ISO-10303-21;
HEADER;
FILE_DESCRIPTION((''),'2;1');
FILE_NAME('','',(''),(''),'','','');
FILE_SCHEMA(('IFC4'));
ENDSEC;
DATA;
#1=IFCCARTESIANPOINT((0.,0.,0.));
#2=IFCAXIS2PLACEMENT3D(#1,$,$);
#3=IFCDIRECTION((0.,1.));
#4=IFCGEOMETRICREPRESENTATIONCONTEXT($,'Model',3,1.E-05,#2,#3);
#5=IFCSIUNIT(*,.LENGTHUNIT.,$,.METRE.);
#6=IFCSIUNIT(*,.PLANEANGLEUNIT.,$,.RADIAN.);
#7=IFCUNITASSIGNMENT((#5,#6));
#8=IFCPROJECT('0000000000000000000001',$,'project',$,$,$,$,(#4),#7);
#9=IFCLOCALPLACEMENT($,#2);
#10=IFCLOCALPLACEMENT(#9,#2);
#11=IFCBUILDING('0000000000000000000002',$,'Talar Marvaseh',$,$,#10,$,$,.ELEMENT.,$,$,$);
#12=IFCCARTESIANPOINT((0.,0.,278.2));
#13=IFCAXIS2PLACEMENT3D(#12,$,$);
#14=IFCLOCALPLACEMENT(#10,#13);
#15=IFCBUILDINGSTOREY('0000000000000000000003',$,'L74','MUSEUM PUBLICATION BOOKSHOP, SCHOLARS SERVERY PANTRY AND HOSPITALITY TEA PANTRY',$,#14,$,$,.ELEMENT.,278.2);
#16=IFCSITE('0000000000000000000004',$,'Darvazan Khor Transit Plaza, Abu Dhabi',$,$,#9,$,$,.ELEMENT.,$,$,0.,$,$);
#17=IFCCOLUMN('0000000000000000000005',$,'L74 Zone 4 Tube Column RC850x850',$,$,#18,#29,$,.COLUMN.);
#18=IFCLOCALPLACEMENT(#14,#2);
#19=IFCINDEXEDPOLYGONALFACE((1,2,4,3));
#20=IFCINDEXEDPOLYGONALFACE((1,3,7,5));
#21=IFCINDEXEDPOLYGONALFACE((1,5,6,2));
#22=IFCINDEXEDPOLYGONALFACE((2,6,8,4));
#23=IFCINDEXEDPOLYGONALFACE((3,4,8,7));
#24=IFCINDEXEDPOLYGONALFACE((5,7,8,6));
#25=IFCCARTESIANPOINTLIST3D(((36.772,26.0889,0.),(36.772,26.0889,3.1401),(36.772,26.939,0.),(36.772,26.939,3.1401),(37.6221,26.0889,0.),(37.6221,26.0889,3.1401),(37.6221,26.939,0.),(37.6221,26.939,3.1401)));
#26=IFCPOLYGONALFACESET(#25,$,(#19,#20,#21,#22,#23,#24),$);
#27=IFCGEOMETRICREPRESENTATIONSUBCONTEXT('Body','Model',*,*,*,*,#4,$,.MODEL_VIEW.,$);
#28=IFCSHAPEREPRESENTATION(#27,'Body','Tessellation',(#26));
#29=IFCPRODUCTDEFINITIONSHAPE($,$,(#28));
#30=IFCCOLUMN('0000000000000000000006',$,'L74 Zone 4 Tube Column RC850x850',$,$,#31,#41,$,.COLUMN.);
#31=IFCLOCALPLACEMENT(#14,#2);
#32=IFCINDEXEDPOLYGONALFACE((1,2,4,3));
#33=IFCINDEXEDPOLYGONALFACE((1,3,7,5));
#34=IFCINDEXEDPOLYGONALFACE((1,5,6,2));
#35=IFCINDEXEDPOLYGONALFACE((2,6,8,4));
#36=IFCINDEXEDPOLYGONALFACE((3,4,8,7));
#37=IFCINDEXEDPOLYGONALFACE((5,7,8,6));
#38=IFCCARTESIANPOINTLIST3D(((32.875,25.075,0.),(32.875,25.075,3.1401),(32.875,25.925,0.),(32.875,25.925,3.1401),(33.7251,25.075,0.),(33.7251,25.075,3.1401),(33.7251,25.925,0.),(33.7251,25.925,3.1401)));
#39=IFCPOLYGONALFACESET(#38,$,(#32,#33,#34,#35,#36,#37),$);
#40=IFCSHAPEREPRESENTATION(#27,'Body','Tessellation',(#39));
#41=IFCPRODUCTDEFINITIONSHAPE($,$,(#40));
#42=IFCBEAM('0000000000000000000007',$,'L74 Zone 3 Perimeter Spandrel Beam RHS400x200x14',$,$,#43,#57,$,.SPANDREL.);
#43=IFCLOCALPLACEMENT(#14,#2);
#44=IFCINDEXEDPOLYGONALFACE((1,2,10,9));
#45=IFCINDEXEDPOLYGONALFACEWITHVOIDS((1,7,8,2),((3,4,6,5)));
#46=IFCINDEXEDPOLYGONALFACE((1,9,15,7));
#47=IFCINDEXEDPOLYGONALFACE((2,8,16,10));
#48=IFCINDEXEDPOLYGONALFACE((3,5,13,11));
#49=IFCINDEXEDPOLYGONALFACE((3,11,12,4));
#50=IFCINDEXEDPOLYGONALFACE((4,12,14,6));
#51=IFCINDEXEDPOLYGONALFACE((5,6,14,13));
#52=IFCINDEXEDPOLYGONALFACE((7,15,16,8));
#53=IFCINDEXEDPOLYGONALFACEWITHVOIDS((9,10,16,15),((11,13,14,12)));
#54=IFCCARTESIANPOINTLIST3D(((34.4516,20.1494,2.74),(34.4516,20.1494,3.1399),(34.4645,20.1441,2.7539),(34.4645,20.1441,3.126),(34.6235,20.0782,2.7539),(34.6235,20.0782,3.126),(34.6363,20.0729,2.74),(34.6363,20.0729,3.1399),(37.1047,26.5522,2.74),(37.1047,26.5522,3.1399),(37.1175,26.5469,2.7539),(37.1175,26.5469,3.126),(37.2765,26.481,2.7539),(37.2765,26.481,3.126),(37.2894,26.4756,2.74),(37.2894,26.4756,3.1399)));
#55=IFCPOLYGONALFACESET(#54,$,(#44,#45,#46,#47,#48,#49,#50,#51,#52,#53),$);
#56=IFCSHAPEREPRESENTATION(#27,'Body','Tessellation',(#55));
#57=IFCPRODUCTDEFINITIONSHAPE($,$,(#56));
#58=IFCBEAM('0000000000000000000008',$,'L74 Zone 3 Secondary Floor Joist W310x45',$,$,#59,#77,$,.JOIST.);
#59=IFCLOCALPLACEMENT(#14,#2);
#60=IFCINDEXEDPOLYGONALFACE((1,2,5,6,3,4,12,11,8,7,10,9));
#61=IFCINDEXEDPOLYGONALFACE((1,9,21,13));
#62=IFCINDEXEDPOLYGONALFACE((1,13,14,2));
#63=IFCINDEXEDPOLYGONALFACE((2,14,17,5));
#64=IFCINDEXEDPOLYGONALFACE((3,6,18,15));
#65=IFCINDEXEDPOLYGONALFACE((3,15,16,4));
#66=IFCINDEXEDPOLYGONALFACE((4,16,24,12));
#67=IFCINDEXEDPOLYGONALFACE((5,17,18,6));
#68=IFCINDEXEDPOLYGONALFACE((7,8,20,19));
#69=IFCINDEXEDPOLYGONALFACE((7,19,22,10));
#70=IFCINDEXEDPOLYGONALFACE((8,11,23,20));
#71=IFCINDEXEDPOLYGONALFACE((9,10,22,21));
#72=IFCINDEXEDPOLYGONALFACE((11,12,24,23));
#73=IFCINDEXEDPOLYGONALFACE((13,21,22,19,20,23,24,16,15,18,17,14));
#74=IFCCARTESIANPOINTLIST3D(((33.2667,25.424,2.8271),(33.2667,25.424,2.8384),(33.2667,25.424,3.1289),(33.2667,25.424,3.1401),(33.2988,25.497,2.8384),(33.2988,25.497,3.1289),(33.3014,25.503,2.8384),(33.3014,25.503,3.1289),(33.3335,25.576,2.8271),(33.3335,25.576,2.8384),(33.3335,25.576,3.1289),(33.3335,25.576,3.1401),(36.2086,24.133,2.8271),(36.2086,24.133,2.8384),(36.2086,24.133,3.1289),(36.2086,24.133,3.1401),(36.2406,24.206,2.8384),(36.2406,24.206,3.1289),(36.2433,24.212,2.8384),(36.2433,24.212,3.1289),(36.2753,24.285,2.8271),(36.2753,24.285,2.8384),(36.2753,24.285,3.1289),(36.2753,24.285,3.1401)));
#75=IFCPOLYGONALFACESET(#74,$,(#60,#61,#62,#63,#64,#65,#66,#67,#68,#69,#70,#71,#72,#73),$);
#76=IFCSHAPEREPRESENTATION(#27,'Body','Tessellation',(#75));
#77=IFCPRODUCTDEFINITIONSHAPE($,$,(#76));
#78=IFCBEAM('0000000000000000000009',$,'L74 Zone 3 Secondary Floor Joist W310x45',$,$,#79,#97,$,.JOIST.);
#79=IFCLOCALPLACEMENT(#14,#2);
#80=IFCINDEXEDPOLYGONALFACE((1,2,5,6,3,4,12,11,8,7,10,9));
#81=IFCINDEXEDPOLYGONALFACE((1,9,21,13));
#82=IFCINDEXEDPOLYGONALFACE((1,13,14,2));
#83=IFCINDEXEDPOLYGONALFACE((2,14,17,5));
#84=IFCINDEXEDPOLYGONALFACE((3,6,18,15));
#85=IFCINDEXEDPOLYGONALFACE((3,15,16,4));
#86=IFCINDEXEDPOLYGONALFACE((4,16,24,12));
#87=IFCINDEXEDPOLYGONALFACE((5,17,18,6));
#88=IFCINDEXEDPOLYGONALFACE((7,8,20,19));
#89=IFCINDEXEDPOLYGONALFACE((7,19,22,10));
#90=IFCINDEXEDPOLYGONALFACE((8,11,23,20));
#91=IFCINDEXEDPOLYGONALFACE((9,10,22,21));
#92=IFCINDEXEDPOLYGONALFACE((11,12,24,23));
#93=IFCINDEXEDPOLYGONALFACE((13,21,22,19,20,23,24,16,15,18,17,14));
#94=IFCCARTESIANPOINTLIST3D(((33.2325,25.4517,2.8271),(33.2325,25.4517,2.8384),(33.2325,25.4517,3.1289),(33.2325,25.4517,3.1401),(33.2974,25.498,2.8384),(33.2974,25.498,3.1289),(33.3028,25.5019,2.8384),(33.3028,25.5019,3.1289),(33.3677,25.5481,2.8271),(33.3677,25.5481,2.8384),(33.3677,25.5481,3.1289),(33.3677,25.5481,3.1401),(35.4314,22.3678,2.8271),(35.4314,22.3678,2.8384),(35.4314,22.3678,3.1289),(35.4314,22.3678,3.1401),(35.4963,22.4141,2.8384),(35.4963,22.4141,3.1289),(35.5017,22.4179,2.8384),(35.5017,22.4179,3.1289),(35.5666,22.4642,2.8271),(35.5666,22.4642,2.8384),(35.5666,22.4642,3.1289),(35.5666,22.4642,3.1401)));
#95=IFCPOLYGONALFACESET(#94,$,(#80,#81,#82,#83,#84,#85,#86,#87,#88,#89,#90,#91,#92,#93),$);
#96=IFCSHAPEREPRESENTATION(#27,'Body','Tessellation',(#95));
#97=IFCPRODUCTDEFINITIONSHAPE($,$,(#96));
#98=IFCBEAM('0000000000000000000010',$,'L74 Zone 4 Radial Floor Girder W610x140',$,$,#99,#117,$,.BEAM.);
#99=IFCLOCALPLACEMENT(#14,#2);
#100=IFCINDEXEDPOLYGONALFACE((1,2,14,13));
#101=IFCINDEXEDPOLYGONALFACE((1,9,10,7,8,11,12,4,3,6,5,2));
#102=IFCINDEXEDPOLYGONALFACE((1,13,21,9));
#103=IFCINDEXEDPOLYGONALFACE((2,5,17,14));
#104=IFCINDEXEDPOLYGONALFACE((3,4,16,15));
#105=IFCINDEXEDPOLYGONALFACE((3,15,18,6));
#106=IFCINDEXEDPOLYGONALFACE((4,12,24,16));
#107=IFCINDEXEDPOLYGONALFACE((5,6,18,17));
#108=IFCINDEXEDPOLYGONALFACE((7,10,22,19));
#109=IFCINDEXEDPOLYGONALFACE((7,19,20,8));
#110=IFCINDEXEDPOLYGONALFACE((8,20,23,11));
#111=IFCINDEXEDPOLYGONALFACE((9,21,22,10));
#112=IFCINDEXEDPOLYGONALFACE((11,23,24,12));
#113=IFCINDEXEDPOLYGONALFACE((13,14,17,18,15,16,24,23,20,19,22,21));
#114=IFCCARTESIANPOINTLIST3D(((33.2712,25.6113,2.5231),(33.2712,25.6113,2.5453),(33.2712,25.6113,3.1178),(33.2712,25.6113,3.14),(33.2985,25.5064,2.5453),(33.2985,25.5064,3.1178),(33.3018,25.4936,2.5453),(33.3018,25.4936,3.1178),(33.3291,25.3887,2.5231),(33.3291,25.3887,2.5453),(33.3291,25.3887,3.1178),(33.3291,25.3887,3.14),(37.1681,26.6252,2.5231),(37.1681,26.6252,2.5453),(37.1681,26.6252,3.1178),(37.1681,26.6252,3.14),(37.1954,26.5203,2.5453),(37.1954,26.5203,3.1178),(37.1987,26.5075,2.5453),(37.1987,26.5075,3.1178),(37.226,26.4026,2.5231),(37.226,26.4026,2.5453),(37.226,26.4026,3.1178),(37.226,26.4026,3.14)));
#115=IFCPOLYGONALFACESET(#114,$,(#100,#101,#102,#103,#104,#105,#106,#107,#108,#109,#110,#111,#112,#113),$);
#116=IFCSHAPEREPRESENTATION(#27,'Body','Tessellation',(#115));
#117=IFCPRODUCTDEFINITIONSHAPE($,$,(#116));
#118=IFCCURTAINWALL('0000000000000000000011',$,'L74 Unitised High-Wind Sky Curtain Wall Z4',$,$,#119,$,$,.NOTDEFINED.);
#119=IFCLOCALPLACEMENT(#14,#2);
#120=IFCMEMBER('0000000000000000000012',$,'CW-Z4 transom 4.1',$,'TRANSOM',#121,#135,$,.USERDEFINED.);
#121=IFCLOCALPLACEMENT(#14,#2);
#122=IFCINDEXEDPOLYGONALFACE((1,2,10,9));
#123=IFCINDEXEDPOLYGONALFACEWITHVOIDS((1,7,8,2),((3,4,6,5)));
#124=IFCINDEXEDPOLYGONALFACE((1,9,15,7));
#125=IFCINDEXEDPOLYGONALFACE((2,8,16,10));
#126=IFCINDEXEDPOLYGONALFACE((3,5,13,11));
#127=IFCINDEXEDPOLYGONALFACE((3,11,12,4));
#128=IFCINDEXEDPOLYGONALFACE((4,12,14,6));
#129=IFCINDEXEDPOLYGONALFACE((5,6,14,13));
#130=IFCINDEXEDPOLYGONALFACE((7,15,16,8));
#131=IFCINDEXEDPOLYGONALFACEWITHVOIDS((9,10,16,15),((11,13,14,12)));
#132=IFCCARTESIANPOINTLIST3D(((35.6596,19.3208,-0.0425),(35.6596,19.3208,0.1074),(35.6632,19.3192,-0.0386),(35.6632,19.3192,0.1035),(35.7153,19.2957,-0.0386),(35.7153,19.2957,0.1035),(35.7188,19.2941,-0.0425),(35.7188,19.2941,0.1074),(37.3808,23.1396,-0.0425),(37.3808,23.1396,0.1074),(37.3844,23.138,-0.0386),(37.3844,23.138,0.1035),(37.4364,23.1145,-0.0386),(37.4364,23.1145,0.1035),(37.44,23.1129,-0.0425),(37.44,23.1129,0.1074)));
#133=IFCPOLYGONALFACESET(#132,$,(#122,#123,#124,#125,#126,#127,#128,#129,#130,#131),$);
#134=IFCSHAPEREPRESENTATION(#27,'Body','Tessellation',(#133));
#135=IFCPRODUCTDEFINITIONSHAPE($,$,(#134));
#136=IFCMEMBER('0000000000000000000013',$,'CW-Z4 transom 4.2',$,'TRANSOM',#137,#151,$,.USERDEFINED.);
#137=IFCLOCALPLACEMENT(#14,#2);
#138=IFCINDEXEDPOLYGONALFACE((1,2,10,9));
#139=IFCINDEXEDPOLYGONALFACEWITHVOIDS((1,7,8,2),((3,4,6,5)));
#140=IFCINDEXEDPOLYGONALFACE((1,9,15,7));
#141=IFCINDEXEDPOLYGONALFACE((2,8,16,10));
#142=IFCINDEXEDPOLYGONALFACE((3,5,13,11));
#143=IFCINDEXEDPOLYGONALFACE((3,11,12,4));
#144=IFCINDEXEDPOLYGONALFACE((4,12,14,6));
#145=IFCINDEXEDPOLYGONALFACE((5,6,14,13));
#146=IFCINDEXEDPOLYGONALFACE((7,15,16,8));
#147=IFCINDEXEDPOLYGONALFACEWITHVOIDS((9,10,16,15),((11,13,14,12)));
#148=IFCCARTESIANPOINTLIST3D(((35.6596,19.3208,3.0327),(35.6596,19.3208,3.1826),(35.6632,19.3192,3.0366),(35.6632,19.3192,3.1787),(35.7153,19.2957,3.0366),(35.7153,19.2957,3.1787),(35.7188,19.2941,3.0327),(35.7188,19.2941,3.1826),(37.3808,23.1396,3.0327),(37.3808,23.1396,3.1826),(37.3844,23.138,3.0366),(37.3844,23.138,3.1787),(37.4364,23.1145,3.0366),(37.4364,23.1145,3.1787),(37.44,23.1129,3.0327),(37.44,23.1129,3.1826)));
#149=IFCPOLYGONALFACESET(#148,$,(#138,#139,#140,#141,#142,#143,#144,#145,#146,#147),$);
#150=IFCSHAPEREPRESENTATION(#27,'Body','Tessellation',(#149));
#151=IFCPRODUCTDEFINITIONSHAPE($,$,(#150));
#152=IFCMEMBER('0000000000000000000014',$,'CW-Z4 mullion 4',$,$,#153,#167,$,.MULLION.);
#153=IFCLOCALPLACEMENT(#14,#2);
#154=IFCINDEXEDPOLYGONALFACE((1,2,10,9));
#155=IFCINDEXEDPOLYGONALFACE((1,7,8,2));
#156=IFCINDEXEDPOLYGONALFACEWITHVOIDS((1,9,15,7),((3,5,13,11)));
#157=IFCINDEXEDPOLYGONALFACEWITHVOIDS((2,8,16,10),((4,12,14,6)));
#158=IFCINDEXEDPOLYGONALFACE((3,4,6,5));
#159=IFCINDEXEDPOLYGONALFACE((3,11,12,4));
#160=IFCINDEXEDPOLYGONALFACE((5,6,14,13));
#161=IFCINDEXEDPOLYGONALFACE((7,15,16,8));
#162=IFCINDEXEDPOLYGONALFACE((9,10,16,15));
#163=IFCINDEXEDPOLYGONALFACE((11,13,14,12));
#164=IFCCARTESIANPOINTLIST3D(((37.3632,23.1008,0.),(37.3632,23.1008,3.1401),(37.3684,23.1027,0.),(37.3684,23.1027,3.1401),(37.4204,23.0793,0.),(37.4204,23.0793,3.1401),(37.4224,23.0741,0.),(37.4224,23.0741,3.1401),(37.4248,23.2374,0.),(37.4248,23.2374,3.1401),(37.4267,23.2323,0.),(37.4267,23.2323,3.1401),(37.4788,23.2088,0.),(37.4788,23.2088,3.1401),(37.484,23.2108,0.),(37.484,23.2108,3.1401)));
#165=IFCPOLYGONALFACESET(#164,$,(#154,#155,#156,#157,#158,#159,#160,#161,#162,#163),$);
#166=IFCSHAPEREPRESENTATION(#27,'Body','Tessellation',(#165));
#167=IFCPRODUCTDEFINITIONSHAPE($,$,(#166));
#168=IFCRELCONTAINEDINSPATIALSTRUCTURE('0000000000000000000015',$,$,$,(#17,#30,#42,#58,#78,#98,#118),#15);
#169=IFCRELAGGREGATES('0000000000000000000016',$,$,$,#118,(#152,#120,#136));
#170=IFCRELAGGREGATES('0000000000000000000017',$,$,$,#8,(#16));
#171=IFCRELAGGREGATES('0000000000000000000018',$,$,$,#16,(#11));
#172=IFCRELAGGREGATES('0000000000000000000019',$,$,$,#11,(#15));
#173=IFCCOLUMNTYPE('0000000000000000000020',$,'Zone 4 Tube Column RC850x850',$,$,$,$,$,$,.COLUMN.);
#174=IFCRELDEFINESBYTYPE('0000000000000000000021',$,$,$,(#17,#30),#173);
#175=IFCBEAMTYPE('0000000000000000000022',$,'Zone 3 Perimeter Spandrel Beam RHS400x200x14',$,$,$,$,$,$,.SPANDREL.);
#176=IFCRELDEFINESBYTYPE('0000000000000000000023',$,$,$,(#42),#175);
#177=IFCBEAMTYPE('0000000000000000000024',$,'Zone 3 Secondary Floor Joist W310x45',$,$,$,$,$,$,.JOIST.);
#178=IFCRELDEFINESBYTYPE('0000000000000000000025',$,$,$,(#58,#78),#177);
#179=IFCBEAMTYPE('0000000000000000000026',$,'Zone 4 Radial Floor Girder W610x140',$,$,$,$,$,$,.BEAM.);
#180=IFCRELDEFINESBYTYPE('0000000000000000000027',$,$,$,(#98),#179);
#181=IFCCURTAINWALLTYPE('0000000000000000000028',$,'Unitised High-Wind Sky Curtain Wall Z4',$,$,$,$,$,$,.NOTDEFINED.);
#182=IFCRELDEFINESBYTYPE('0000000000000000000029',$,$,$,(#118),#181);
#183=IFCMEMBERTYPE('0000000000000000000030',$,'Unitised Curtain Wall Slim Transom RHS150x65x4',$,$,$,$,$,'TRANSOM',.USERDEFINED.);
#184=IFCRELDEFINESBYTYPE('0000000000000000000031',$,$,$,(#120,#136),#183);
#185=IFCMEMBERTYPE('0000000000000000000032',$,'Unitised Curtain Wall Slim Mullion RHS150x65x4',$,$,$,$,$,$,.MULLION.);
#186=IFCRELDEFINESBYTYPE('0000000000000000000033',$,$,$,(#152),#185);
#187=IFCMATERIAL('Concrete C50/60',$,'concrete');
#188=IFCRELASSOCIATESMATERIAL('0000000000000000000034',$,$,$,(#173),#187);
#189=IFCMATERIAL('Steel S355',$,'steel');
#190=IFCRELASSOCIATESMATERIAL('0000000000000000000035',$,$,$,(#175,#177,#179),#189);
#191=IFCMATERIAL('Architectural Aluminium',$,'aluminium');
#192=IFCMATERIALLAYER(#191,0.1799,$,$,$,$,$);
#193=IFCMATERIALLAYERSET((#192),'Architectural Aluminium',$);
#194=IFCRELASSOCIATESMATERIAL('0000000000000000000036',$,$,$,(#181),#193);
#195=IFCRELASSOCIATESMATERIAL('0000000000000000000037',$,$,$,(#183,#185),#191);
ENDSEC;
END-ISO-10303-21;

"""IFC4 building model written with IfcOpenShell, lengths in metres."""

from ifc_helpers import new_model, si_unit, direction, frame, origin, origin_2d, place, context, subcontext, project, spatial, rectangle, hollow_rectangle, i_section, extrude, source, transform, mapped, material, layer, layer_set, material_profile, profile_set, type_object, type_shapes, element, aggregate, save


model = new_model("IFC4")

# Units and contexts
model_context = context("Model", 3, precision=1e-05, world=origin(), true_north=direction((0.0, 1.0)))
body_context = subcontext(model_context, "Body", "Model", "MODEL_VIEW")
ifc_project = project(units=[si_unit("LENGTHUNIT", "METRE"), si_unit("PLANEANGLEUNIT", "RADIAN")], contexts=[model_context])

# Site, building, storey
site_placement = place(None, origin())
site = spatial("IfcSite", under=ifc_project, at=site_placement, Name="Darvazan Khor Transit Plaza, Abu Dhabi", CompositionType="ELEMENT", RefElevation=0.0)
building_placement = place(site_placement, origin())
building = spatial("IfcBuilding", under=site, at=building_placement, Name="Talar Marvaseh", CompositionType="ELEMENT")
storey_placement = place(building_placement, frame((0.0, 0.0, 278.2)))
storey = spatial("IfcBuildingStorey", under=building, at=storey_placement, Name="L74", Description="MUSEUM PUBLICATION BOOKSHOP, SCHOLARS SERVERY PANTRY AND HOSPITALITY TEA PANTRY", CompositionType="ELEMENT", Elevation=278.2)

# Columns
ifc_material_1 = material(Name="Concrete C50/60", Category="concrete")
ifc_material_profile_1 = material_profile(ifc_material_1, rectangle(XDim=0.8501, YDim=0.8501, at=origin_2d()), Name="RC850x850")
ifc_profile_set_1 = profile_set([ifc_material_profile_1], Name="Concrete C50/60")
column_type = type_object("IfcColumnType", Name="Zone 4 Tube Column RC850x850", PredefinedType="COLUMN", material=ifc_profile_set_1)
for number, where, z_axis, x_axis, name in (
    (1, (37.197, 26.5139, 0.0), (0.0, 0.0, 1.0), (1.0, 0.0, 0.0), "L74 Zone 4 Tube Column RC850x850"),
    (2, (33.3, 25.5, 0.0), (0.0, 0.0, 1.0), (1.0, 0.0, 0.0), "L74 Zone 4 Tube Column RC850x850"),
):
    element("IfcColumn", number, at=place(storey_placement, frame(where, z_axis=z_axis, x_axis=x_axis)), inside=storey, type_object=column_type, Name=name, PredefinedType="COLUMN", context=body_context, shape_type="SweptSolid", body=[
        extrude(rectangle(XDim=0.8501, YDim=0.8501, at=origin_2d()), origin(), (0.0, 0.0, 1.0), 3.1401),
    ])

# Beams
ifc_material_2 = material(Name="Steel S355", Category="steel")
ifc_material_profile_2 = material_profile(ifc_material_2, hollow_rectangle(XDim=0.2, YDim=0.3999, WallThickness=0.0139, at=origin_2d()), Name="RHS400x200x14")
ifc_profile_set_2 = profile_set([ifc_material_profile_2], Name="Steel S355")
beam_type_1 = type_object("IfcBeamType", Name="Zone 3 Perimeter Spandrel Beam RHS400x200x14", PredefinedType="SPANDREL", material=ifc_profile_set_2)
beam_1_placement = place(storey_placement, frame((37.197, 26.5139, 2.9399), z_axis=(-0.382799, -0.923832, 0.0), x_axis=(0.923832, -0.382799, 0.0)))
element("IfcBeam", 3, at=beam_1_placement, inside=storey, type_object=beam_type_1, Name="L74 Zone 3 Perimeter Spandrel Beam RHS400x200x14", PredefinedType="SPANDREL", context=body_context, shape_type="SweptSolid", body=[
    extrude(hollow_rectangle(XDim=0.2, YDim=0.3999, WallThickness=0.0139, at=origin_2d()), origin(), (0.0, 0.0, 1.0), 6.9307),
])
ifc_material_profile_3 = material_profile(ifc_material_2, i_section(OverallWidth=0.166, OverallDepth=0.313, WebThickness=0.0066, FlangeThickness=0.0112, at=origin_2d()), Name="W310x45")
ifc_profile_set_3 = profile_set([ifc_material_profile_3], Name="Steel S355")
beam_type_2 = type_object("IfcBeamType", Name="Zone 3 Secondary Floor Joist W310x45", PredefinedType="JOIST", material=ifc_profile_set_3)
beam_2_placement = place(storey_placement, frame((36.2419, 24.209, 2.9836), z_axis=(-0.915707, 0.401847, 0.0), x_axis=(-0.401847, -0.915707, 0.0)))
element("IfcBeam", 4, at=beam_2_placement, inside=storey, type_object=beam_type_2, Name="L74 Zone 3 Secondary Floor Joist W310x45", PredefinedType="JOIST", context=body_context, shape_type="SweptSolid", body=[
    extrude(i_section(OverallWidth=0.166, OverallDepth=0.313, WebThickness=0.0066, FlangeThickness=0.0112, at=origin_2d()), origin(), (0.0, 0.0, 1.0), 3.2126),
])
beam_3_placement = place(storey_placement, frame((35.499, 22.416, 2.9836), z_axis=(-0.580561, 0.814217, 0.0), x_axis=(-0.814217, -0.580561, 0.0)))
element("IfcBeam", 5, at=beam_3_placement, inside=storey, type_object=beam_type_2, Name="L74 Zone 3 Secondary Floor Joist W310x45", PredefinedType="JOIST", context=body_context, shape_type="SweptSolid", body=[
    extrude(i_section(OverallWidth=0.166, OverallDepth=0.313, WebThickness=0.0066, FlangeThickness=0.0112, at=origin_2d()), origin(), (0.0, 0.0, 1.0), 3.7876),
])
ifc_material_profile_4 = material_profile(ifc_material_2, i_section(OverallWidth=0.23, OverallDepth=0.6169, WebThickness=0.0132, FlangeThickness=0.0222, at=origin_2d()), Name="W610x140")
ifc_profile_set_4 = profile_set([ifc_material_profile_4], Name="Steel S355")
beam_type_3 = type_object("IfcBeamType", Name="Zone 4 Radial Floor Girder W610x140", PredefinedType="BEAM", material=ifc_profile_set_4)
beam_4_placement = place(storey_placement, frame((37.197, 26.5139, 2.8315), z_axis=(-0.96778, -0.251797, 0.0), x_axis=(0.251797, -0.96778, 0.0)))
element("IfcBeam", 6, at=beam_4_placement, inside=storey, type_object=beam_type_3, Name="L74 Zone 4 Radial Floor Girder W610x140", PredefinedType="BEAM", context=body_context, shape_type="SweptSolid", body=[
    extrude(i_section(OverallWidth=0.23, OverallDepth=0.6169, WebThickness=0.0132, FlangeThickness=0.0222, at=origin_2d()), origin(), (0.0, 0.0, 1.0), 4.0266),
])

# Curtain wall, members
ifc_material_3 = material(Name="Architectural Aluminium", Category="aluminium")
ifc_layer_1 = layer(ifc_material_3, 0.1799)
ifc_layer_set_1 = layer_set([ifc_layer_1], Name="Architectural Aluminium")
curtain_wall_type = type_object("IfcCurtainWallType", Name="Unitised High-Wind Sky Curtain Wall Z4", PredefinedType="NOTDEFINED", material=ifc_layer_set_1)
curtain_wall_placement = place(storey_placement, origin())
curtain_wall = element("IfcCurtainWall", 7, at=curtain_wall_placement, inside=storey, type_object=curtain_wall_type, Name="L74 Unitised High-Wind Sky Curtain Wall Z4", PredefinedType="NOTDEFINED")
ifc_material_profile_5 = material_profile(ifc_material_3, hollow_rectangle(XDim=0.0649, YDim=0.1499, WallThickness=0.0039, at=origin_2d()), Name="RHS150x65x4")
ifc_profile_set_5 = profile_set([ifc_material_profile_5], Name="Architectural Aluminium")
member_type_1 = type_object("IfcMemberType", Name="Unitised Curtain Wall Slim Transom RHS150x65x4", ElementType="TRANSOM", PredefinedType="USERDEFINED", material=ifc_profile_set_5)
shared_shape_1 = source(origin(), body_context, "Body", "SweptSolid", [
    extrude(hollow_rectangle(XDim=0.0649, YDim=0.1499, WallThickness=0.0039, at=origin_2d()), origin(), (0.0, 0.0, 1.0), 4.1887),
])
type_shapes(member_type_1, [shared_shape_1])
member_1_placement = place(storey_placement, frame((37.4104, 23.1262, 0.0325), z_axis=(-0.410903, -0.911679, 0.0), x_axis=(0.911679, -0.410903, 0.0)))
member_1 = element("IfcMember", 8, at=member_1_placement, type_object=member_type_1, Name="CW-Z4 transom 4.1", ObjectType="TRANSOM", PredefinedType="USERDEFINED", context=body_context, shape_type="MappedRepresentation", body=[
    mapped(shared_shape_1, transform((0.0, 0.0, 0.0), x_axis=(1.0, 0.0, 0.0), y_axis=(0.0, 1.0, 0.0), z_axis=(0.0, 0.0, 1.0), scale=1.0)),
])
member_2_placement = place(storey_placement, frame((37.4104, 23.1262, 3.1077), z_axis=(-0.410903, -0.911679, 0.0), x_axis=(0.911679, -0.410903, 0.0)))
member_2 = element("IfcMember", 9, at=member_2_placement, type_object=member_type_1, Name="CW-Z4 transom 4.2", ObjectType="TRANSOM", PredefinedType="USERDEFINED", context=body_context, shape_type="MappedRepresentation", body=[
    mapped(shared_shape_1, transform((0.0, 0.0, 0.0), x_axis=(1.0, 0.0, 0.0), y_axis=(0.0, 1.0, 0.0), z_axis=(0.0, 0.0, 1.0), scale=1.0)),
])
ifc_material_profile_6 = material_profile(ifc_material_3, hollow_rectangle(XDim=0.0649, YDim=0.1499, WallThickness=0.0039, at=origin_2d()), Name="RHS150x65x4")
ifc_profile_set_6 = profile_set([ifc_material_profile_6], Name="Architectural Aluminium")
member_type_2 = type_object("IfcMemberType", Name="Unitised Curtain Wall Slim Mullion RHS150x65x4", PredefinedType="MULLION", material=ifc_profile_set_6)
shared_shape_2 = source(origin(), body_context, "Body", "SweptSolid", [
    extrude(hollow_rectangle(XDim=0.0649, YDim=0.1499, WallThickness=0.0039, at=origin_2d()), origin(), (0.0, 0.0, 1.0), 3.1401),
])
type_shapes(member_type_2, [shared_shape_2])
member_3_placement = place(storey_placement, frame((37.4236, 23.1558, 0.0), z_axis=(0.0, 0.0, 1.0), x_axis=(0.911699, -0.41086, 0.0)))
member_3 = element("IfcMember", 10, at=member_3_placement, type_object=member_type_2, Name="CW-Z4 mullion 4", PredefinedType="MULLION", context=body_context, shape_type="MappedRepresentation", body=[
    mapped(shared_shape_2, transform((0.0, 0.0, 0.0), x_axis=(1.0, 0.0, 0.0), y_axis=(0.0, 1.0, 0.0), z_axis=(0.0, 0.0, 1.0), scale=1.0)),
])
aggregate(curtain_wall, [member_3, member_1, member_2])

save(model, "model.ifc")
